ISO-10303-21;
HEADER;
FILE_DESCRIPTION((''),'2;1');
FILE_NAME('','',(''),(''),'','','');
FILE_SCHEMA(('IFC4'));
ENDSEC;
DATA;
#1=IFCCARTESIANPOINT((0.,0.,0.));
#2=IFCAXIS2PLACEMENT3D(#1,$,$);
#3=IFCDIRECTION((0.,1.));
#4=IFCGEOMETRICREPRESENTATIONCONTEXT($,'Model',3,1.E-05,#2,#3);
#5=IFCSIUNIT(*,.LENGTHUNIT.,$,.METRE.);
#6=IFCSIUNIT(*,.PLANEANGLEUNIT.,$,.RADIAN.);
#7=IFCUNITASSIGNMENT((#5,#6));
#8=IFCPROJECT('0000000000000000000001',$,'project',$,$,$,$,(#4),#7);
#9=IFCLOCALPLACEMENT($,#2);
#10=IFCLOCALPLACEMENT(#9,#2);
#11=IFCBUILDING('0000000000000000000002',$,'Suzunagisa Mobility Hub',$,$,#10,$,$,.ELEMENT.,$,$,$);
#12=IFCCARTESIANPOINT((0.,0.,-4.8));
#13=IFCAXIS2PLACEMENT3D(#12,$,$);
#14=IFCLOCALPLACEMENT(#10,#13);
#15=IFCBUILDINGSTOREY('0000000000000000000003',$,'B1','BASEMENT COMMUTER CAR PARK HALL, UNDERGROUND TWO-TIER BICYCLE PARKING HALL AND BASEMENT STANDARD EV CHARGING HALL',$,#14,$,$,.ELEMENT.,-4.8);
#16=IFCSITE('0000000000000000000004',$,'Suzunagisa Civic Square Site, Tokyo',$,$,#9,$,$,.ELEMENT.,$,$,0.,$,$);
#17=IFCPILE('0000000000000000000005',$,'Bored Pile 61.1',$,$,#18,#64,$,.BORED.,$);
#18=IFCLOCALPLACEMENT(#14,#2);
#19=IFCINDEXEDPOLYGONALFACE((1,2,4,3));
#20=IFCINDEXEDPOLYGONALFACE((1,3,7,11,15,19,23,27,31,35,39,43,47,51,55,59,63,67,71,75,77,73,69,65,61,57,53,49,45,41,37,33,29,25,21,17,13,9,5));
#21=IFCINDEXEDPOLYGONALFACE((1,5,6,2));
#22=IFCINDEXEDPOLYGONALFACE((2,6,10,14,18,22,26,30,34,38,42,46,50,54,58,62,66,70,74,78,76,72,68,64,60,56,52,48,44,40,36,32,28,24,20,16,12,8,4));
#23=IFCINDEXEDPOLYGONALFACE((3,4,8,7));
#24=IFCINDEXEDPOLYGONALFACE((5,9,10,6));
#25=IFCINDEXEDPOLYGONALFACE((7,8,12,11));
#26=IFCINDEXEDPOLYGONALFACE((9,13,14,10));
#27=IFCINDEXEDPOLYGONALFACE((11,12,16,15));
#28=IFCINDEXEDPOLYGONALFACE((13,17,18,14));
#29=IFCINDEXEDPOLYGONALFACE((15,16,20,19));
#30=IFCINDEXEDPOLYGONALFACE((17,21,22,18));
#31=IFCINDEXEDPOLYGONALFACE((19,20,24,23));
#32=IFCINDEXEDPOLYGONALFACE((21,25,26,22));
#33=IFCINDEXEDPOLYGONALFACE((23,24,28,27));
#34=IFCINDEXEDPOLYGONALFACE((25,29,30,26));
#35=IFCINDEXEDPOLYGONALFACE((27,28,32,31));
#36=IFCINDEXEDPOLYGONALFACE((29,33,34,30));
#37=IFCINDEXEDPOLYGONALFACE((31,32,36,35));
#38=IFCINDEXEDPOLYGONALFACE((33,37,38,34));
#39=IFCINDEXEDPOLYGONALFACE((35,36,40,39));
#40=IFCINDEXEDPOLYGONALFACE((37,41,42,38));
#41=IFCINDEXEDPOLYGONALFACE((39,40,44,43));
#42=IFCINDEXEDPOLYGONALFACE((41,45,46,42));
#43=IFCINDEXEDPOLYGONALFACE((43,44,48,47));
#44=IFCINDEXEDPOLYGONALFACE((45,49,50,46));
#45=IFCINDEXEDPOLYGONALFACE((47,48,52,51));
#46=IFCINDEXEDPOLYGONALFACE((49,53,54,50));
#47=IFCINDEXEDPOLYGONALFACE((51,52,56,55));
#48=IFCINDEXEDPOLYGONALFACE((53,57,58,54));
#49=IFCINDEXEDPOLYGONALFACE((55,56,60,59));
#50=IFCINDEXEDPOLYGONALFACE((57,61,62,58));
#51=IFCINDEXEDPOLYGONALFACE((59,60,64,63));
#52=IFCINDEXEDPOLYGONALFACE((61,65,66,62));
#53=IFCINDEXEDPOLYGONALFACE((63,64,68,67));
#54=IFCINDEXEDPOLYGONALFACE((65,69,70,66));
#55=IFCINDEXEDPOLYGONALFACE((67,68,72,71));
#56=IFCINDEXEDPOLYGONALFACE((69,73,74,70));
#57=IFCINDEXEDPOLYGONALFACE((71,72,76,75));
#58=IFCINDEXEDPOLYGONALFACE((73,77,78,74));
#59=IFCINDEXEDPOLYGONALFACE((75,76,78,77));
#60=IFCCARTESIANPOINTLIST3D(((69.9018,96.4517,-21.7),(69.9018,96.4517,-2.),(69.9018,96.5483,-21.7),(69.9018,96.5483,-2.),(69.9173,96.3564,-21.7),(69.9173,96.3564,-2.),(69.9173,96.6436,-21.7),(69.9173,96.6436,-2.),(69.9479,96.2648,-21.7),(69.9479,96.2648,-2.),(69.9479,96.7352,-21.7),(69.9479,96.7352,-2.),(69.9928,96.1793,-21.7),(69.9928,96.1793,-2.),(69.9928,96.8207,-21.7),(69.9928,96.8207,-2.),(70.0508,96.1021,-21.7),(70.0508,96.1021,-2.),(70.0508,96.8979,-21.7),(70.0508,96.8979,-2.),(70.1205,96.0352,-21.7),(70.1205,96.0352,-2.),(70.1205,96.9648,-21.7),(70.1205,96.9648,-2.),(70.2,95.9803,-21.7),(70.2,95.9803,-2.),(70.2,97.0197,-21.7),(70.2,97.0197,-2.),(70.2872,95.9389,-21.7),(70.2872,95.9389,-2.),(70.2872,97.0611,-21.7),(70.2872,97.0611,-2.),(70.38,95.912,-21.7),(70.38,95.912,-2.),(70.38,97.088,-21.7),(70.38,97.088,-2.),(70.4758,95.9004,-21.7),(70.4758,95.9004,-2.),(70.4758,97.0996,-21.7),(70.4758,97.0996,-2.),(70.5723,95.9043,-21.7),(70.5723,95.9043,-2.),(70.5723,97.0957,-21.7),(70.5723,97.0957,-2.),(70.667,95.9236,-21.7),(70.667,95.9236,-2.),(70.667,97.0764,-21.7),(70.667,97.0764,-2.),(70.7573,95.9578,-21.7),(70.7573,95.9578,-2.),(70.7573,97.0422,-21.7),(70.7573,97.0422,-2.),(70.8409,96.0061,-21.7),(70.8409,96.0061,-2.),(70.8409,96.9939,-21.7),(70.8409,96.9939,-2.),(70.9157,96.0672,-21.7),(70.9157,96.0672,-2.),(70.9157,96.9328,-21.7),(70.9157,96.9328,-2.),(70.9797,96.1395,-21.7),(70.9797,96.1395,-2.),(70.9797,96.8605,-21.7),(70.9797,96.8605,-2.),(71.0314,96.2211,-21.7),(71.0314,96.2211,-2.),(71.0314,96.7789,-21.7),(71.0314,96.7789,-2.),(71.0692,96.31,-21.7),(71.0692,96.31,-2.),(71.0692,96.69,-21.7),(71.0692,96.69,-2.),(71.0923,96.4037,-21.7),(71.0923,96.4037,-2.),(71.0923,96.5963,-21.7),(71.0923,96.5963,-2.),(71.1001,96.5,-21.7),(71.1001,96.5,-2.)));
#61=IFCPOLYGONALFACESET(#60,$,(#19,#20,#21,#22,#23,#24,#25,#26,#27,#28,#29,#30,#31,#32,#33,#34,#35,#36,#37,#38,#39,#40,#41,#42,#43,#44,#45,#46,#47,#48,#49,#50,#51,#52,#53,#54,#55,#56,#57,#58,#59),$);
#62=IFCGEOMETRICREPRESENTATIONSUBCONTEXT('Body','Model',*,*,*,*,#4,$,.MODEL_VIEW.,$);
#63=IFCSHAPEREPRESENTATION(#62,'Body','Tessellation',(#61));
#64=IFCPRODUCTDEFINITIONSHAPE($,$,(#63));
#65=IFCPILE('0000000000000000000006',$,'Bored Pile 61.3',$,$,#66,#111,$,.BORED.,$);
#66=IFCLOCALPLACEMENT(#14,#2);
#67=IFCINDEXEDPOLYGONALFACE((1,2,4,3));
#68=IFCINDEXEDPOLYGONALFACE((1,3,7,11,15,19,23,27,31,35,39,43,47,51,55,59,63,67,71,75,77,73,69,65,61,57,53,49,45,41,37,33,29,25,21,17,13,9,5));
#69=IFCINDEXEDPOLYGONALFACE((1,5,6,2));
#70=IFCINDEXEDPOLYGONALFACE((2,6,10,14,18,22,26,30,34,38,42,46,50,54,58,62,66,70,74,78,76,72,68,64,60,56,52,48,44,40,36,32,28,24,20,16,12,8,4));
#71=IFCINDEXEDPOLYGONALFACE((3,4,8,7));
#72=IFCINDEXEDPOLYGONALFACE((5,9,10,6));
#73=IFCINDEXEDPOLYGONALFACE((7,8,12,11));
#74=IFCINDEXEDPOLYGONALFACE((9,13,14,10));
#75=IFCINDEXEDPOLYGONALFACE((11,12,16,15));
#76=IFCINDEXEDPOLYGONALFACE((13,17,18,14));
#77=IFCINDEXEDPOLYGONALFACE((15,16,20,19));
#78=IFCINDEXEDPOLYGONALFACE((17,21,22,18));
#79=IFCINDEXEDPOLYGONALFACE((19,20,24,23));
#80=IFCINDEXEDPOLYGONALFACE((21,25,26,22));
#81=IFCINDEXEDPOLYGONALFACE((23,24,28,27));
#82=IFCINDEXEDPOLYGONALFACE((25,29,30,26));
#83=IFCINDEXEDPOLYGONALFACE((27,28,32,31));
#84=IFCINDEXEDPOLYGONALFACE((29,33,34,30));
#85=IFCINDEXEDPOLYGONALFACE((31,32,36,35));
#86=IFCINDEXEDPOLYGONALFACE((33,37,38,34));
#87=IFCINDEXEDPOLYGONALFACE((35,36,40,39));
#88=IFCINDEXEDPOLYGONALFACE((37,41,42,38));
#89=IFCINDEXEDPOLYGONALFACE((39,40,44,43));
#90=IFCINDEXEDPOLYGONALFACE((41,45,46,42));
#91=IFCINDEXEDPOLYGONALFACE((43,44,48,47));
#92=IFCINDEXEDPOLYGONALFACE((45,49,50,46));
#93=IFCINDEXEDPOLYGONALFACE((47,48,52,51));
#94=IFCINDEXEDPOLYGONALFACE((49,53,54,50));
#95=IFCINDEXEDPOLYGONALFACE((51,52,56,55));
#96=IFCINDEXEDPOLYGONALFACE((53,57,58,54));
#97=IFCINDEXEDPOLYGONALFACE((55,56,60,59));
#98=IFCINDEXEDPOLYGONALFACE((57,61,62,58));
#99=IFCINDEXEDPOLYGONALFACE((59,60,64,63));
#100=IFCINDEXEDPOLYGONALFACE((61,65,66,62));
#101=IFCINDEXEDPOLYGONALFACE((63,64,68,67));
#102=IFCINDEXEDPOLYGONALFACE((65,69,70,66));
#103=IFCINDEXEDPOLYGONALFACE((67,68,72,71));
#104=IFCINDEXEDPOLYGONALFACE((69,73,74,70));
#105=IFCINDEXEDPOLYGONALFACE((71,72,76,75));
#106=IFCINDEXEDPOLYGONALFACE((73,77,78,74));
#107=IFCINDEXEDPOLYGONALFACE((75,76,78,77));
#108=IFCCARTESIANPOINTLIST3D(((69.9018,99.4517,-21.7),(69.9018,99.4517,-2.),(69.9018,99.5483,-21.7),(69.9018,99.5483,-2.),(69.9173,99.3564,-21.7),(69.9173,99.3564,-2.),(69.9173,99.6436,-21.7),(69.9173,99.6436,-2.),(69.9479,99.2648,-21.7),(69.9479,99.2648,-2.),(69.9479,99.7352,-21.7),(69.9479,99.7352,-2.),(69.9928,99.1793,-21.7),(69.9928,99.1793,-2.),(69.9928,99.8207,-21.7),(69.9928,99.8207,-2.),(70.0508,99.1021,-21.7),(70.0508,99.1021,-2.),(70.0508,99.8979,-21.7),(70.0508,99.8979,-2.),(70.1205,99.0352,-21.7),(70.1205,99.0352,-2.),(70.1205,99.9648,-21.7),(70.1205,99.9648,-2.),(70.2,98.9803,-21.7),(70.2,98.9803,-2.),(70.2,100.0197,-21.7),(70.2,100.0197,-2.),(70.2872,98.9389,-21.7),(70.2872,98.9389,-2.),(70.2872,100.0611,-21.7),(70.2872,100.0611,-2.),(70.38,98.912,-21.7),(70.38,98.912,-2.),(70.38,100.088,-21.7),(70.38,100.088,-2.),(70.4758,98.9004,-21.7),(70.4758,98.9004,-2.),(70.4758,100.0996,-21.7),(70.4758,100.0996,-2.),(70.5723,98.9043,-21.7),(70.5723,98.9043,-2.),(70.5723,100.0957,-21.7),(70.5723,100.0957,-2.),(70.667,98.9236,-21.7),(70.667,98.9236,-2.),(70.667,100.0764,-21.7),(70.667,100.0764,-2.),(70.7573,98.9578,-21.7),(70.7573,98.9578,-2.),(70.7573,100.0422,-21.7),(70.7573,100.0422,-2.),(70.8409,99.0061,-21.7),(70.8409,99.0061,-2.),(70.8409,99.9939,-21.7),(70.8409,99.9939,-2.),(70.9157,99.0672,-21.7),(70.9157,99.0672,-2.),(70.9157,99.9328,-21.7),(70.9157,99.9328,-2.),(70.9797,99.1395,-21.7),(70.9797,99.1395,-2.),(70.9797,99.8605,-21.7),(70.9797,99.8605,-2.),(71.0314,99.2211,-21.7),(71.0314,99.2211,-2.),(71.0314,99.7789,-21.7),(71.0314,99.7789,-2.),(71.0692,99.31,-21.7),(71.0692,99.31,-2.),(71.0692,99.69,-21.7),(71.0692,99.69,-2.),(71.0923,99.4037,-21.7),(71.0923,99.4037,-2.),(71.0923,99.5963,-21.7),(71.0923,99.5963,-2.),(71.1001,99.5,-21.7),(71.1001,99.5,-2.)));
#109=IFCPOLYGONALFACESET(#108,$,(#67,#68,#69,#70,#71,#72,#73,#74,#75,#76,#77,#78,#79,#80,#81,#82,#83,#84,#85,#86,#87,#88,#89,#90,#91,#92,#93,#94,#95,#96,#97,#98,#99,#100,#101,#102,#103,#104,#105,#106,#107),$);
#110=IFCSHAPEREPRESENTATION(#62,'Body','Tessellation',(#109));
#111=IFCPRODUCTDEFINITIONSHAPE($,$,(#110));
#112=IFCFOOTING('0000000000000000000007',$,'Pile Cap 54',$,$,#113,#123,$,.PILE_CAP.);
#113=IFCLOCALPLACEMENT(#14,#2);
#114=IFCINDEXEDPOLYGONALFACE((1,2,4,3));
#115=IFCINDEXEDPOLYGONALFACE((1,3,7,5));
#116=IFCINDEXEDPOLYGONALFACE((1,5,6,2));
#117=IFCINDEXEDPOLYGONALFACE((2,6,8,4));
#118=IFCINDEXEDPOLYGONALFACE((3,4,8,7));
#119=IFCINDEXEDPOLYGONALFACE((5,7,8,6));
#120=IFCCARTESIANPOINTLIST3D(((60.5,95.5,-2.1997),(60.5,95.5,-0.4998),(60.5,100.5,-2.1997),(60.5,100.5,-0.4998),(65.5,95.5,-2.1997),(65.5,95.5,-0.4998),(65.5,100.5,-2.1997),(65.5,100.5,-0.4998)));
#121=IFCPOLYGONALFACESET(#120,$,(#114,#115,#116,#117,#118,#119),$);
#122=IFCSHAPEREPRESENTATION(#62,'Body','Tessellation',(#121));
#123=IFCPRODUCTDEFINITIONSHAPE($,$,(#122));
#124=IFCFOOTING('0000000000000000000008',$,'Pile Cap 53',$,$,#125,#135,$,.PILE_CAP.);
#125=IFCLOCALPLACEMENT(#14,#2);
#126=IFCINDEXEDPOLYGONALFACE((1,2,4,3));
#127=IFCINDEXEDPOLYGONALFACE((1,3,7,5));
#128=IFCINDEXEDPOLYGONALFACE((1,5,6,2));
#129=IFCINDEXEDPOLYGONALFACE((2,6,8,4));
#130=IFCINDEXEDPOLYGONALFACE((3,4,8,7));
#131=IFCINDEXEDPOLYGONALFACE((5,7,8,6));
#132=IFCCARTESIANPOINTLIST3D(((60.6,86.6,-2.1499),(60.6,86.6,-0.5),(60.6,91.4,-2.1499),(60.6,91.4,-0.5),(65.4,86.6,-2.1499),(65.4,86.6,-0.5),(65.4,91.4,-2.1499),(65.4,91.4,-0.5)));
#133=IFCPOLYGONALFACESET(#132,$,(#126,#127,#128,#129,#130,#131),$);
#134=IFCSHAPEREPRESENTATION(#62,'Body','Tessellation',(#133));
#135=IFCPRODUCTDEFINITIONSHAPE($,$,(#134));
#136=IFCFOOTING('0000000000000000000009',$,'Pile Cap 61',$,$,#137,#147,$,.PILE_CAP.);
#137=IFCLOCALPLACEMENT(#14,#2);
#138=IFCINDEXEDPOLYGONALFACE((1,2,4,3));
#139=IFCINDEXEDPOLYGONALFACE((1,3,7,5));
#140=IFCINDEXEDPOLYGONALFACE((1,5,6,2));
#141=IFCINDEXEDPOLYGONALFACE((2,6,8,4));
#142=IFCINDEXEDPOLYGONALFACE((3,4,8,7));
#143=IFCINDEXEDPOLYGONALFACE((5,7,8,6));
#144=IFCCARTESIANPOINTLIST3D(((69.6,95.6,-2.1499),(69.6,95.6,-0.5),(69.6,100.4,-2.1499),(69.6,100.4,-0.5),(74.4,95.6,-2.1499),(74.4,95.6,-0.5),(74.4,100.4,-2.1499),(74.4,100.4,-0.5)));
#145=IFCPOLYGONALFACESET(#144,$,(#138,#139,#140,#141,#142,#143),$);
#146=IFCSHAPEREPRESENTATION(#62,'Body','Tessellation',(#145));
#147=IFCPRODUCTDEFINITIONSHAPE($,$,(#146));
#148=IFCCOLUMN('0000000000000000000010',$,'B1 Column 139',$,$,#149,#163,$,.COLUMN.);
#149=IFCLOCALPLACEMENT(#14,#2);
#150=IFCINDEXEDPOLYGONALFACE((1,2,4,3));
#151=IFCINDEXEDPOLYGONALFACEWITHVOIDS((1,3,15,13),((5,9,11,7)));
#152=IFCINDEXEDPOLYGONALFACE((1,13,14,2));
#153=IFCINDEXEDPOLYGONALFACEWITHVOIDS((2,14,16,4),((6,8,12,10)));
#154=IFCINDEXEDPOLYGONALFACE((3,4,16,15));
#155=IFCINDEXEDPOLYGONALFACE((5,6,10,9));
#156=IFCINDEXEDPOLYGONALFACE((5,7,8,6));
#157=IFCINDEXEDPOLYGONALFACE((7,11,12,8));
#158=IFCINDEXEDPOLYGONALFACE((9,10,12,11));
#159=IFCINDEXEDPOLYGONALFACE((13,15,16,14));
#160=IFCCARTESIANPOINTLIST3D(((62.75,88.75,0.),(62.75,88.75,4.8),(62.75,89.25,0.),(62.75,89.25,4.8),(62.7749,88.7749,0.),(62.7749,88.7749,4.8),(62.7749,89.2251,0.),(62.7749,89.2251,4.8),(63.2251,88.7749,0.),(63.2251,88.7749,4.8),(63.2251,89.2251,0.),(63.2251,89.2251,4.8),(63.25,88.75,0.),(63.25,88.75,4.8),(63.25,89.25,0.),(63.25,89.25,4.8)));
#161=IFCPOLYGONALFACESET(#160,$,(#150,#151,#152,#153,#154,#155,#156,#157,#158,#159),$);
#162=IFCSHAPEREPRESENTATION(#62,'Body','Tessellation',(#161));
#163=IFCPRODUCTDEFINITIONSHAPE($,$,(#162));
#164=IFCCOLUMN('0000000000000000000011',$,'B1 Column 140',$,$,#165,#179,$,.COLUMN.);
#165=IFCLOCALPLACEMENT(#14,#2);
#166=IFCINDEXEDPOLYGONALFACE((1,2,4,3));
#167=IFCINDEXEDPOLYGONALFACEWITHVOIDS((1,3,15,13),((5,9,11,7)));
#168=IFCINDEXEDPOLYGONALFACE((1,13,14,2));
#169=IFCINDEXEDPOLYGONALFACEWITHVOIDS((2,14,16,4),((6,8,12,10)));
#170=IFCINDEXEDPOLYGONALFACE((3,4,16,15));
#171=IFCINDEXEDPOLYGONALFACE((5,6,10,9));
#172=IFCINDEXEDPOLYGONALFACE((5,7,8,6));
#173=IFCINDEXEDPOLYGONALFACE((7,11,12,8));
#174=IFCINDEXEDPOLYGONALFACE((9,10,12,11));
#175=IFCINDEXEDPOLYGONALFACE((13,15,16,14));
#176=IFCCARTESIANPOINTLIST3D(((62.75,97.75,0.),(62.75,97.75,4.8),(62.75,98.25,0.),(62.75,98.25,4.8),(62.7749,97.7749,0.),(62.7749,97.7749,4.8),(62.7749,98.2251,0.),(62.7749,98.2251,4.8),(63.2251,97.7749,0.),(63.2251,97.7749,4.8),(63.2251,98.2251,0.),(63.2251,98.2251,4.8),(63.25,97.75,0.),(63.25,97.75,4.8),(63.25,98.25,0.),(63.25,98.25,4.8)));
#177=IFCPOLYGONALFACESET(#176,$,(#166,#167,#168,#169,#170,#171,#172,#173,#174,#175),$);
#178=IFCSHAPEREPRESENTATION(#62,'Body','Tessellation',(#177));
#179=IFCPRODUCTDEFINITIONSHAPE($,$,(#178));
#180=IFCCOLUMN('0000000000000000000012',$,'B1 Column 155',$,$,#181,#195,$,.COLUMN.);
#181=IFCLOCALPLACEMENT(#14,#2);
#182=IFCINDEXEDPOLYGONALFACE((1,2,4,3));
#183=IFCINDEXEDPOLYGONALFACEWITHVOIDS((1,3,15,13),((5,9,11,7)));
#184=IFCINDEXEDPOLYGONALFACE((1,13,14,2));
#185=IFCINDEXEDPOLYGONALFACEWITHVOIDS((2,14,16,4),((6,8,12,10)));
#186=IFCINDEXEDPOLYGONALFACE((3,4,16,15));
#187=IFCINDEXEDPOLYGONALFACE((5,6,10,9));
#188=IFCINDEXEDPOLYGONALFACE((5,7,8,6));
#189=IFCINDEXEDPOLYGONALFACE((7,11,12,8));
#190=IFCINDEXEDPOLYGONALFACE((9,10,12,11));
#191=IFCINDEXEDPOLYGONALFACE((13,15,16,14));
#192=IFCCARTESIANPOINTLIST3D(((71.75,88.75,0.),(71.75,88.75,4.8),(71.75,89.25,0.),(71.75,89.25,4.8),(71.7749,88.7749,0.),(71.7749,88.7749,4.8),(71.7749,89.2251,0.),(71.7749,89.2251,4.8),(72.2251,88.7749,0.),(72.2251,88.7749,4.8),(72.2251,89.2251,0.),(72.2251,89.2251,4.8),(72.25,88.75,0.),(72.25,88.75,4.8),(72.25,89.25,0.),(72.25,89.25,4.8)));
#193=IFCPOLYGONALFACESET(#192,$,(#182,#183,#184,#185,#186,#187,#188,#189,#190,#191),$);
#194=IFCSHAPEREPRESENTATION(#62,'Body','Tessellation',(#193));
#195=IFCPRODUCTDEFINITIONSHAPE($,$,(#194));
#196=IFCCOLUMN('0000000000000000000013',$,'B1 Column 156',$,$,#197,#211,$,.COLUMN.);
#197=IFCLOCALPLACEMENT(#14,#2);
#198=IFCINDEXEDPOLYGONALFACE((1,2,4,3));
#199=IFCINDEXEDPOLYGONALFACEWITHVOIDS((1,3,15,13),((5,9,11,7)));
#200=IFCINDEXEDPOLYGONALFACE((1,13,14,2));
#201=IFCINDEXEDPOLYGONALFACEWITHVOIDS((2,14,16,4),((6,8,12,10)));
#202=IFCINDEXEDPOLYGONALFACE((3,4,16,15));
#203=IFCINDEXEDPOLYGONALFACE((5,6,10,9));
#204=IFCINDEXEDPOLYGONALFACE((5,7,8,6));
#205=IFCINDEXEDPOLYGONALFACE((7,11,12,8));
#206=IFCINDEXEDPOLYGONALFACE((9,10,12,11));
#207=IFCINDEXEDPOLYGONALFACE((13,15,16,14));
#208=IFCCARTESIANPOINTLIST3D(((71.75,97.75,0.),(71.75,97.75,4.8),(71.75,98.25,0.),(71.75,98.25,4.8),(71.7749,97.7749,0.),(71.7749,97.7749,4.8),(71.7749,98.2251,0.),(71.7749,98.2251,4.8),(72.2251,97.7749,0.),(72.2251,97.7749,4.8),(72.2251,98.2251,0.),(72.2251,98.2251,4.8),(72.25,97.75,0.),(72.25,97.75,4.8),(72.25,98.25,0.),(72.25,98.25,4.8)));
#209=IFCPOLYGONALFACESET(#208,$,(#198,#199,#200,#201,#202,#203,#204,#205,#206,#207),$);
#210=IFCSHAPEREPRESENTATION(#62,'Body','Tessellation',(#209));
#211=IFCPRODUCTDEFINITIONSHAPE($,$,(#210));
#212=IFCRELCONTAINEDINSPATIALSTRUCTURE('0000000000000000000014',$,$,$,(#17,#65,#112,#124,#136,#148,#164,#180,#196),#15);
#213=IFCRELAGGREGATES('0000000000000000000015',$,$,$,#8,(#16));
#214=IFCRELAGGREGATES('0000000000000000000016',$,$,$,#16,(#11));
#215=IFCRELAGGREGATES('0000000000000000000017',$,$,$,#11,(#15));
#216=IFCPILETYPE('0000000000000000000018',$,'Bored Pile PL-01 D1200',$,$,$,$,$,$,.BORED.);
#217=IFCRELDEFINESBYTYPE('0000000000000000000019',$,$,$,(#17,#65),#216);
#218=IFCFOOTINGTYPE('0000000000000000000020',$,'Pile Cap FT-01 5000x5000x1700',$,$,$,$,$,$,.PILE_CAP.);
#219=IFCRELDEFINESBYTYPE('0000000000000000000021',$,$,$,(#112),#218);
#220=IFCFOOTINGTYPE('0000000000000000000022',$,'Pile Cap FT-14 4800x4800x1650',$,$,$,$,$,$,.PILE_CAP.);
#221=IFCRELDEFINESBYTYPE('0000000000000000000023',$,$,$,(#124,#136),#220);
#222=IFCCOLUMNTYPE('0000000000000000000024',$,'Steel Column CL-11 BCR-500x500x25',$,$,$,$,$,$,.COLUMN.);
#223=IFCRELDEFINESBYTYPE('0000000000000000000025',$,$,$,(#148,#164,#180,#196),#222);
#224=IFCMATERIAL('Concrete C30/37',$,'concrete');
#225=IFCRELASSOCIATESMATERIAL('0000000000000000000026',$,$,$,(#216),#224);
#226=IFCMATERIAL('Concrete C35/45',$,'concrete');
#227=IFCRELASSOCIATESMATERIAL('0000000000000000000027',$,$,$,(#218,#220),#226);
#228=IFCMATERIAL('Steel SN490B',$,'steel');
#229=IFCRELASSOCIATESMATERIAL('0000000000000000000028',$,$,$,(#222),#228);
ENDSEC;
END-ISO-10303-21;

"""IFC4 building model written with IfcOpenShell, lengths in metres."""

from ifc_helpers import new_model, si_unit, direction, frame, origin, origin_2d, place, context, subcontext, project, spatial, rectangle, hollow_rectangle, circle, extrude, material, material_profile, profile_set, type_object, element, save


model = new_model("IFC4")

# Units and contexts
model_context = context("Model", 3, precision=1e-05, world=origin(), true_north=direction((0.0, 1.0)))
body_context = subcontext(model_context, "Body", "Model", "MODEL_VIEW")
ifc_project = project(units=[si_unit("LENGTHUNIT", "METRE"), si_unit("PLANEANGLEUNIT", "RADIAN")], contexts=[model_context])

# Site, building, storey
site_placement = place(None, origin())
site = spatial("IfcSite", under=ifc_project, at=site_placement, Name="Suzunagisa Civic Square Site, Tokyo", CompositionType="ELEMENT", RefElevation=0.0)
building_placement = place(site_placement, origin())
building = spatial("IfcBuilding", under=site, at=building_placement, Name="Suzunagisa Mobility Hub", CompositionType="ELEMENT")
storey_placement = place(building_placement, frame((0.0, 0.0, -4.8)))
storey = spatial("IfcBuildingStorey", under=building, at=storey_placement, Name="B1", Description="BASEMENT COMMUTER CAR PARK HALL, UNDERGROUND TWO-TIER BICYCLE PARKING HALL AND BASEMENT STANDARD EV CHARGING HALL", CompositionType="ELEMENT", Elevation=-4.8)

# Piles
ifc_material_1 = material(Name="Concrete C30/37", Category="concrete")
ifc_material_profile_1 = material_profile(ifc_material_1, circle(Radius=0.6001, at=origin_2d()), Name="BORED PILE D1200")
ifc_profile_set_1 = profile_set([ifc_material_profile_1], Name="Concrete C30/37")
pile_type = type_object("IfcPileType", Name="Bored Pile PL-01 D1200", PredefinedType="BORED", material=ifc_profile_set_1)
for number, where, z_axis, x_axis, name in (
    (1, (70.5, 96.5, -2.0), (0.0, 0.0, -1.0), (1.0, 0.0, 0.0), "Bored Pile 61.1"),
    (2, (70.5, 99.5, -2.0), (0.0, 0.0, -1.0), (1.0, 0.0, 0.0), "Bored Pile 61.3"),
):
    element("IfcPile", number, at=place(storey_placement, frame(where, z_axis=z_axis, x_axis=x_axis)), inside=storey, type_object=pile_type, Name=name, PredefinedType="BORED", context=body_context, shape_type="SweptSolid", body=[
        extrude(circle(Radius=0.6001, at=origin_2d()), origin(), (0.0, 0.0, 1.0), 19.7),
    ])

# Footings
ifc_material_2 = material(Name="Concrete C35/45", Category="concrete")
footing_type_1 = type_object("IfcFootingType", Name="Pile Cap FT-01 5000x5000x1700", PredefinedType="PILE_CAP", material=ifc_material_2)
footing_placement = place(storey_placement, frame((63.0, 98.0, -2.1997), z_axis=(0.0, 0.0, 1.0), x_axis=(1.0, 0.0, 0.0)))
element("IfcFooting", 3, at=footing_placement, inside=storey, type_object=footing_type_1, Name="Pile Cap 54", PredefinedType="PILE_CAP", context=body_context, shape_type="SweptSolid", body=[
    extrude(rectangle(XDim=5.0, YDim=5.0, at=origin_2d()), origin(), (0.0, 0.0, 1.0), 1.7),
])
footing_type_2 = type_object("IfcFootingType", Name="Pile Cap FT-14 4800x4800x1650", PredefinedType="PILE_CAP", material=ifc_material_2)
for number, where, z_axis, x_axis, name in (
    (4, (63.0, 89.0, -2.1499), (0.0, 0.0, 1.0), (1.0, 0.0, 0.0), "Pile Cap 53"),
    (5, (72.0, 98.0, -2.1499), (0.0, 0.0, 1.0), (1.0, 0.0, 0.0), "Pile Cap 61"),
):
    element("IfcFooting", number, at=place(storey_placement, frame(where, z_axis=z_axis, x_axis=x_axis)), inside=storey, type_object=footing_type_2, Name=name, PredefinedType="PILE_CAP", context=body_context, shape_type="SweptSolid", body=[
        extrude(rectangle(XDim=4.8, YDim=4.8, at=origin_2d()), origin(), (0.0, 0.0, 1.0), 1.6499),
    ])

# Columns
ifc_material_3 = material(Name="Steel SN490B", Category="steel")
ifc_material_profile_2 = material_profile(ifc_material_3, hollow_rectangle(XDim=0.5, YDim=0.5, WallThickness=0.0249, at=origin_2d()), Name="BCR-500x500x25")
ifc_profile_set_2 = profile_set([ifc_material_profile_2], Name="Steel SN490B")
column_type = type_object("IfcColumnType", Name="Steel Column CL-11 BCR-500x500x25", PredefinedType="COLUMN", material=ifc_profile_set_2)
for number, where, z_axis, x_axis, name in (
    (6, (63.0, 89.0, 0.0), (0.0, 0.0, 1.0), (1.0, 0.0, 0.0), "B1 Column 139"),
    (7, (63.0, 98.0, 0.0), (0.0, 0.0, 1.0), (1.0, 0.0, 0.0), "B1 Column 140"),
    (8, (72.0, 89.0, 0.0), (0.0, 0.0, 1.0), (1.0, 0.0, 0.0), "B1 Column 155"),
    (9, (72.0, 98.0, 0.0), (0.0, 0.0, 1.0), (1.0, 0.0, 0.0), "B1 Column 156"),
):
    element("IfcColumn", number, at=place(storey_placement, frame(where, z_axis=z_axis, x_axis=x_axis)), inside=storey, type_object=column_type, Name=name, PredefinedType="COLUMN", context=body_context, shape_type="SweptSolid", body=[
        extrude(hollow_rectangle(XDim=0.5, YDim=0.5, WallThickness=0.0249, at=origin_2d()), origin(), (0.0, 0.0, 1.0), 4.8),
    ])

save(model, "model.ifc")
